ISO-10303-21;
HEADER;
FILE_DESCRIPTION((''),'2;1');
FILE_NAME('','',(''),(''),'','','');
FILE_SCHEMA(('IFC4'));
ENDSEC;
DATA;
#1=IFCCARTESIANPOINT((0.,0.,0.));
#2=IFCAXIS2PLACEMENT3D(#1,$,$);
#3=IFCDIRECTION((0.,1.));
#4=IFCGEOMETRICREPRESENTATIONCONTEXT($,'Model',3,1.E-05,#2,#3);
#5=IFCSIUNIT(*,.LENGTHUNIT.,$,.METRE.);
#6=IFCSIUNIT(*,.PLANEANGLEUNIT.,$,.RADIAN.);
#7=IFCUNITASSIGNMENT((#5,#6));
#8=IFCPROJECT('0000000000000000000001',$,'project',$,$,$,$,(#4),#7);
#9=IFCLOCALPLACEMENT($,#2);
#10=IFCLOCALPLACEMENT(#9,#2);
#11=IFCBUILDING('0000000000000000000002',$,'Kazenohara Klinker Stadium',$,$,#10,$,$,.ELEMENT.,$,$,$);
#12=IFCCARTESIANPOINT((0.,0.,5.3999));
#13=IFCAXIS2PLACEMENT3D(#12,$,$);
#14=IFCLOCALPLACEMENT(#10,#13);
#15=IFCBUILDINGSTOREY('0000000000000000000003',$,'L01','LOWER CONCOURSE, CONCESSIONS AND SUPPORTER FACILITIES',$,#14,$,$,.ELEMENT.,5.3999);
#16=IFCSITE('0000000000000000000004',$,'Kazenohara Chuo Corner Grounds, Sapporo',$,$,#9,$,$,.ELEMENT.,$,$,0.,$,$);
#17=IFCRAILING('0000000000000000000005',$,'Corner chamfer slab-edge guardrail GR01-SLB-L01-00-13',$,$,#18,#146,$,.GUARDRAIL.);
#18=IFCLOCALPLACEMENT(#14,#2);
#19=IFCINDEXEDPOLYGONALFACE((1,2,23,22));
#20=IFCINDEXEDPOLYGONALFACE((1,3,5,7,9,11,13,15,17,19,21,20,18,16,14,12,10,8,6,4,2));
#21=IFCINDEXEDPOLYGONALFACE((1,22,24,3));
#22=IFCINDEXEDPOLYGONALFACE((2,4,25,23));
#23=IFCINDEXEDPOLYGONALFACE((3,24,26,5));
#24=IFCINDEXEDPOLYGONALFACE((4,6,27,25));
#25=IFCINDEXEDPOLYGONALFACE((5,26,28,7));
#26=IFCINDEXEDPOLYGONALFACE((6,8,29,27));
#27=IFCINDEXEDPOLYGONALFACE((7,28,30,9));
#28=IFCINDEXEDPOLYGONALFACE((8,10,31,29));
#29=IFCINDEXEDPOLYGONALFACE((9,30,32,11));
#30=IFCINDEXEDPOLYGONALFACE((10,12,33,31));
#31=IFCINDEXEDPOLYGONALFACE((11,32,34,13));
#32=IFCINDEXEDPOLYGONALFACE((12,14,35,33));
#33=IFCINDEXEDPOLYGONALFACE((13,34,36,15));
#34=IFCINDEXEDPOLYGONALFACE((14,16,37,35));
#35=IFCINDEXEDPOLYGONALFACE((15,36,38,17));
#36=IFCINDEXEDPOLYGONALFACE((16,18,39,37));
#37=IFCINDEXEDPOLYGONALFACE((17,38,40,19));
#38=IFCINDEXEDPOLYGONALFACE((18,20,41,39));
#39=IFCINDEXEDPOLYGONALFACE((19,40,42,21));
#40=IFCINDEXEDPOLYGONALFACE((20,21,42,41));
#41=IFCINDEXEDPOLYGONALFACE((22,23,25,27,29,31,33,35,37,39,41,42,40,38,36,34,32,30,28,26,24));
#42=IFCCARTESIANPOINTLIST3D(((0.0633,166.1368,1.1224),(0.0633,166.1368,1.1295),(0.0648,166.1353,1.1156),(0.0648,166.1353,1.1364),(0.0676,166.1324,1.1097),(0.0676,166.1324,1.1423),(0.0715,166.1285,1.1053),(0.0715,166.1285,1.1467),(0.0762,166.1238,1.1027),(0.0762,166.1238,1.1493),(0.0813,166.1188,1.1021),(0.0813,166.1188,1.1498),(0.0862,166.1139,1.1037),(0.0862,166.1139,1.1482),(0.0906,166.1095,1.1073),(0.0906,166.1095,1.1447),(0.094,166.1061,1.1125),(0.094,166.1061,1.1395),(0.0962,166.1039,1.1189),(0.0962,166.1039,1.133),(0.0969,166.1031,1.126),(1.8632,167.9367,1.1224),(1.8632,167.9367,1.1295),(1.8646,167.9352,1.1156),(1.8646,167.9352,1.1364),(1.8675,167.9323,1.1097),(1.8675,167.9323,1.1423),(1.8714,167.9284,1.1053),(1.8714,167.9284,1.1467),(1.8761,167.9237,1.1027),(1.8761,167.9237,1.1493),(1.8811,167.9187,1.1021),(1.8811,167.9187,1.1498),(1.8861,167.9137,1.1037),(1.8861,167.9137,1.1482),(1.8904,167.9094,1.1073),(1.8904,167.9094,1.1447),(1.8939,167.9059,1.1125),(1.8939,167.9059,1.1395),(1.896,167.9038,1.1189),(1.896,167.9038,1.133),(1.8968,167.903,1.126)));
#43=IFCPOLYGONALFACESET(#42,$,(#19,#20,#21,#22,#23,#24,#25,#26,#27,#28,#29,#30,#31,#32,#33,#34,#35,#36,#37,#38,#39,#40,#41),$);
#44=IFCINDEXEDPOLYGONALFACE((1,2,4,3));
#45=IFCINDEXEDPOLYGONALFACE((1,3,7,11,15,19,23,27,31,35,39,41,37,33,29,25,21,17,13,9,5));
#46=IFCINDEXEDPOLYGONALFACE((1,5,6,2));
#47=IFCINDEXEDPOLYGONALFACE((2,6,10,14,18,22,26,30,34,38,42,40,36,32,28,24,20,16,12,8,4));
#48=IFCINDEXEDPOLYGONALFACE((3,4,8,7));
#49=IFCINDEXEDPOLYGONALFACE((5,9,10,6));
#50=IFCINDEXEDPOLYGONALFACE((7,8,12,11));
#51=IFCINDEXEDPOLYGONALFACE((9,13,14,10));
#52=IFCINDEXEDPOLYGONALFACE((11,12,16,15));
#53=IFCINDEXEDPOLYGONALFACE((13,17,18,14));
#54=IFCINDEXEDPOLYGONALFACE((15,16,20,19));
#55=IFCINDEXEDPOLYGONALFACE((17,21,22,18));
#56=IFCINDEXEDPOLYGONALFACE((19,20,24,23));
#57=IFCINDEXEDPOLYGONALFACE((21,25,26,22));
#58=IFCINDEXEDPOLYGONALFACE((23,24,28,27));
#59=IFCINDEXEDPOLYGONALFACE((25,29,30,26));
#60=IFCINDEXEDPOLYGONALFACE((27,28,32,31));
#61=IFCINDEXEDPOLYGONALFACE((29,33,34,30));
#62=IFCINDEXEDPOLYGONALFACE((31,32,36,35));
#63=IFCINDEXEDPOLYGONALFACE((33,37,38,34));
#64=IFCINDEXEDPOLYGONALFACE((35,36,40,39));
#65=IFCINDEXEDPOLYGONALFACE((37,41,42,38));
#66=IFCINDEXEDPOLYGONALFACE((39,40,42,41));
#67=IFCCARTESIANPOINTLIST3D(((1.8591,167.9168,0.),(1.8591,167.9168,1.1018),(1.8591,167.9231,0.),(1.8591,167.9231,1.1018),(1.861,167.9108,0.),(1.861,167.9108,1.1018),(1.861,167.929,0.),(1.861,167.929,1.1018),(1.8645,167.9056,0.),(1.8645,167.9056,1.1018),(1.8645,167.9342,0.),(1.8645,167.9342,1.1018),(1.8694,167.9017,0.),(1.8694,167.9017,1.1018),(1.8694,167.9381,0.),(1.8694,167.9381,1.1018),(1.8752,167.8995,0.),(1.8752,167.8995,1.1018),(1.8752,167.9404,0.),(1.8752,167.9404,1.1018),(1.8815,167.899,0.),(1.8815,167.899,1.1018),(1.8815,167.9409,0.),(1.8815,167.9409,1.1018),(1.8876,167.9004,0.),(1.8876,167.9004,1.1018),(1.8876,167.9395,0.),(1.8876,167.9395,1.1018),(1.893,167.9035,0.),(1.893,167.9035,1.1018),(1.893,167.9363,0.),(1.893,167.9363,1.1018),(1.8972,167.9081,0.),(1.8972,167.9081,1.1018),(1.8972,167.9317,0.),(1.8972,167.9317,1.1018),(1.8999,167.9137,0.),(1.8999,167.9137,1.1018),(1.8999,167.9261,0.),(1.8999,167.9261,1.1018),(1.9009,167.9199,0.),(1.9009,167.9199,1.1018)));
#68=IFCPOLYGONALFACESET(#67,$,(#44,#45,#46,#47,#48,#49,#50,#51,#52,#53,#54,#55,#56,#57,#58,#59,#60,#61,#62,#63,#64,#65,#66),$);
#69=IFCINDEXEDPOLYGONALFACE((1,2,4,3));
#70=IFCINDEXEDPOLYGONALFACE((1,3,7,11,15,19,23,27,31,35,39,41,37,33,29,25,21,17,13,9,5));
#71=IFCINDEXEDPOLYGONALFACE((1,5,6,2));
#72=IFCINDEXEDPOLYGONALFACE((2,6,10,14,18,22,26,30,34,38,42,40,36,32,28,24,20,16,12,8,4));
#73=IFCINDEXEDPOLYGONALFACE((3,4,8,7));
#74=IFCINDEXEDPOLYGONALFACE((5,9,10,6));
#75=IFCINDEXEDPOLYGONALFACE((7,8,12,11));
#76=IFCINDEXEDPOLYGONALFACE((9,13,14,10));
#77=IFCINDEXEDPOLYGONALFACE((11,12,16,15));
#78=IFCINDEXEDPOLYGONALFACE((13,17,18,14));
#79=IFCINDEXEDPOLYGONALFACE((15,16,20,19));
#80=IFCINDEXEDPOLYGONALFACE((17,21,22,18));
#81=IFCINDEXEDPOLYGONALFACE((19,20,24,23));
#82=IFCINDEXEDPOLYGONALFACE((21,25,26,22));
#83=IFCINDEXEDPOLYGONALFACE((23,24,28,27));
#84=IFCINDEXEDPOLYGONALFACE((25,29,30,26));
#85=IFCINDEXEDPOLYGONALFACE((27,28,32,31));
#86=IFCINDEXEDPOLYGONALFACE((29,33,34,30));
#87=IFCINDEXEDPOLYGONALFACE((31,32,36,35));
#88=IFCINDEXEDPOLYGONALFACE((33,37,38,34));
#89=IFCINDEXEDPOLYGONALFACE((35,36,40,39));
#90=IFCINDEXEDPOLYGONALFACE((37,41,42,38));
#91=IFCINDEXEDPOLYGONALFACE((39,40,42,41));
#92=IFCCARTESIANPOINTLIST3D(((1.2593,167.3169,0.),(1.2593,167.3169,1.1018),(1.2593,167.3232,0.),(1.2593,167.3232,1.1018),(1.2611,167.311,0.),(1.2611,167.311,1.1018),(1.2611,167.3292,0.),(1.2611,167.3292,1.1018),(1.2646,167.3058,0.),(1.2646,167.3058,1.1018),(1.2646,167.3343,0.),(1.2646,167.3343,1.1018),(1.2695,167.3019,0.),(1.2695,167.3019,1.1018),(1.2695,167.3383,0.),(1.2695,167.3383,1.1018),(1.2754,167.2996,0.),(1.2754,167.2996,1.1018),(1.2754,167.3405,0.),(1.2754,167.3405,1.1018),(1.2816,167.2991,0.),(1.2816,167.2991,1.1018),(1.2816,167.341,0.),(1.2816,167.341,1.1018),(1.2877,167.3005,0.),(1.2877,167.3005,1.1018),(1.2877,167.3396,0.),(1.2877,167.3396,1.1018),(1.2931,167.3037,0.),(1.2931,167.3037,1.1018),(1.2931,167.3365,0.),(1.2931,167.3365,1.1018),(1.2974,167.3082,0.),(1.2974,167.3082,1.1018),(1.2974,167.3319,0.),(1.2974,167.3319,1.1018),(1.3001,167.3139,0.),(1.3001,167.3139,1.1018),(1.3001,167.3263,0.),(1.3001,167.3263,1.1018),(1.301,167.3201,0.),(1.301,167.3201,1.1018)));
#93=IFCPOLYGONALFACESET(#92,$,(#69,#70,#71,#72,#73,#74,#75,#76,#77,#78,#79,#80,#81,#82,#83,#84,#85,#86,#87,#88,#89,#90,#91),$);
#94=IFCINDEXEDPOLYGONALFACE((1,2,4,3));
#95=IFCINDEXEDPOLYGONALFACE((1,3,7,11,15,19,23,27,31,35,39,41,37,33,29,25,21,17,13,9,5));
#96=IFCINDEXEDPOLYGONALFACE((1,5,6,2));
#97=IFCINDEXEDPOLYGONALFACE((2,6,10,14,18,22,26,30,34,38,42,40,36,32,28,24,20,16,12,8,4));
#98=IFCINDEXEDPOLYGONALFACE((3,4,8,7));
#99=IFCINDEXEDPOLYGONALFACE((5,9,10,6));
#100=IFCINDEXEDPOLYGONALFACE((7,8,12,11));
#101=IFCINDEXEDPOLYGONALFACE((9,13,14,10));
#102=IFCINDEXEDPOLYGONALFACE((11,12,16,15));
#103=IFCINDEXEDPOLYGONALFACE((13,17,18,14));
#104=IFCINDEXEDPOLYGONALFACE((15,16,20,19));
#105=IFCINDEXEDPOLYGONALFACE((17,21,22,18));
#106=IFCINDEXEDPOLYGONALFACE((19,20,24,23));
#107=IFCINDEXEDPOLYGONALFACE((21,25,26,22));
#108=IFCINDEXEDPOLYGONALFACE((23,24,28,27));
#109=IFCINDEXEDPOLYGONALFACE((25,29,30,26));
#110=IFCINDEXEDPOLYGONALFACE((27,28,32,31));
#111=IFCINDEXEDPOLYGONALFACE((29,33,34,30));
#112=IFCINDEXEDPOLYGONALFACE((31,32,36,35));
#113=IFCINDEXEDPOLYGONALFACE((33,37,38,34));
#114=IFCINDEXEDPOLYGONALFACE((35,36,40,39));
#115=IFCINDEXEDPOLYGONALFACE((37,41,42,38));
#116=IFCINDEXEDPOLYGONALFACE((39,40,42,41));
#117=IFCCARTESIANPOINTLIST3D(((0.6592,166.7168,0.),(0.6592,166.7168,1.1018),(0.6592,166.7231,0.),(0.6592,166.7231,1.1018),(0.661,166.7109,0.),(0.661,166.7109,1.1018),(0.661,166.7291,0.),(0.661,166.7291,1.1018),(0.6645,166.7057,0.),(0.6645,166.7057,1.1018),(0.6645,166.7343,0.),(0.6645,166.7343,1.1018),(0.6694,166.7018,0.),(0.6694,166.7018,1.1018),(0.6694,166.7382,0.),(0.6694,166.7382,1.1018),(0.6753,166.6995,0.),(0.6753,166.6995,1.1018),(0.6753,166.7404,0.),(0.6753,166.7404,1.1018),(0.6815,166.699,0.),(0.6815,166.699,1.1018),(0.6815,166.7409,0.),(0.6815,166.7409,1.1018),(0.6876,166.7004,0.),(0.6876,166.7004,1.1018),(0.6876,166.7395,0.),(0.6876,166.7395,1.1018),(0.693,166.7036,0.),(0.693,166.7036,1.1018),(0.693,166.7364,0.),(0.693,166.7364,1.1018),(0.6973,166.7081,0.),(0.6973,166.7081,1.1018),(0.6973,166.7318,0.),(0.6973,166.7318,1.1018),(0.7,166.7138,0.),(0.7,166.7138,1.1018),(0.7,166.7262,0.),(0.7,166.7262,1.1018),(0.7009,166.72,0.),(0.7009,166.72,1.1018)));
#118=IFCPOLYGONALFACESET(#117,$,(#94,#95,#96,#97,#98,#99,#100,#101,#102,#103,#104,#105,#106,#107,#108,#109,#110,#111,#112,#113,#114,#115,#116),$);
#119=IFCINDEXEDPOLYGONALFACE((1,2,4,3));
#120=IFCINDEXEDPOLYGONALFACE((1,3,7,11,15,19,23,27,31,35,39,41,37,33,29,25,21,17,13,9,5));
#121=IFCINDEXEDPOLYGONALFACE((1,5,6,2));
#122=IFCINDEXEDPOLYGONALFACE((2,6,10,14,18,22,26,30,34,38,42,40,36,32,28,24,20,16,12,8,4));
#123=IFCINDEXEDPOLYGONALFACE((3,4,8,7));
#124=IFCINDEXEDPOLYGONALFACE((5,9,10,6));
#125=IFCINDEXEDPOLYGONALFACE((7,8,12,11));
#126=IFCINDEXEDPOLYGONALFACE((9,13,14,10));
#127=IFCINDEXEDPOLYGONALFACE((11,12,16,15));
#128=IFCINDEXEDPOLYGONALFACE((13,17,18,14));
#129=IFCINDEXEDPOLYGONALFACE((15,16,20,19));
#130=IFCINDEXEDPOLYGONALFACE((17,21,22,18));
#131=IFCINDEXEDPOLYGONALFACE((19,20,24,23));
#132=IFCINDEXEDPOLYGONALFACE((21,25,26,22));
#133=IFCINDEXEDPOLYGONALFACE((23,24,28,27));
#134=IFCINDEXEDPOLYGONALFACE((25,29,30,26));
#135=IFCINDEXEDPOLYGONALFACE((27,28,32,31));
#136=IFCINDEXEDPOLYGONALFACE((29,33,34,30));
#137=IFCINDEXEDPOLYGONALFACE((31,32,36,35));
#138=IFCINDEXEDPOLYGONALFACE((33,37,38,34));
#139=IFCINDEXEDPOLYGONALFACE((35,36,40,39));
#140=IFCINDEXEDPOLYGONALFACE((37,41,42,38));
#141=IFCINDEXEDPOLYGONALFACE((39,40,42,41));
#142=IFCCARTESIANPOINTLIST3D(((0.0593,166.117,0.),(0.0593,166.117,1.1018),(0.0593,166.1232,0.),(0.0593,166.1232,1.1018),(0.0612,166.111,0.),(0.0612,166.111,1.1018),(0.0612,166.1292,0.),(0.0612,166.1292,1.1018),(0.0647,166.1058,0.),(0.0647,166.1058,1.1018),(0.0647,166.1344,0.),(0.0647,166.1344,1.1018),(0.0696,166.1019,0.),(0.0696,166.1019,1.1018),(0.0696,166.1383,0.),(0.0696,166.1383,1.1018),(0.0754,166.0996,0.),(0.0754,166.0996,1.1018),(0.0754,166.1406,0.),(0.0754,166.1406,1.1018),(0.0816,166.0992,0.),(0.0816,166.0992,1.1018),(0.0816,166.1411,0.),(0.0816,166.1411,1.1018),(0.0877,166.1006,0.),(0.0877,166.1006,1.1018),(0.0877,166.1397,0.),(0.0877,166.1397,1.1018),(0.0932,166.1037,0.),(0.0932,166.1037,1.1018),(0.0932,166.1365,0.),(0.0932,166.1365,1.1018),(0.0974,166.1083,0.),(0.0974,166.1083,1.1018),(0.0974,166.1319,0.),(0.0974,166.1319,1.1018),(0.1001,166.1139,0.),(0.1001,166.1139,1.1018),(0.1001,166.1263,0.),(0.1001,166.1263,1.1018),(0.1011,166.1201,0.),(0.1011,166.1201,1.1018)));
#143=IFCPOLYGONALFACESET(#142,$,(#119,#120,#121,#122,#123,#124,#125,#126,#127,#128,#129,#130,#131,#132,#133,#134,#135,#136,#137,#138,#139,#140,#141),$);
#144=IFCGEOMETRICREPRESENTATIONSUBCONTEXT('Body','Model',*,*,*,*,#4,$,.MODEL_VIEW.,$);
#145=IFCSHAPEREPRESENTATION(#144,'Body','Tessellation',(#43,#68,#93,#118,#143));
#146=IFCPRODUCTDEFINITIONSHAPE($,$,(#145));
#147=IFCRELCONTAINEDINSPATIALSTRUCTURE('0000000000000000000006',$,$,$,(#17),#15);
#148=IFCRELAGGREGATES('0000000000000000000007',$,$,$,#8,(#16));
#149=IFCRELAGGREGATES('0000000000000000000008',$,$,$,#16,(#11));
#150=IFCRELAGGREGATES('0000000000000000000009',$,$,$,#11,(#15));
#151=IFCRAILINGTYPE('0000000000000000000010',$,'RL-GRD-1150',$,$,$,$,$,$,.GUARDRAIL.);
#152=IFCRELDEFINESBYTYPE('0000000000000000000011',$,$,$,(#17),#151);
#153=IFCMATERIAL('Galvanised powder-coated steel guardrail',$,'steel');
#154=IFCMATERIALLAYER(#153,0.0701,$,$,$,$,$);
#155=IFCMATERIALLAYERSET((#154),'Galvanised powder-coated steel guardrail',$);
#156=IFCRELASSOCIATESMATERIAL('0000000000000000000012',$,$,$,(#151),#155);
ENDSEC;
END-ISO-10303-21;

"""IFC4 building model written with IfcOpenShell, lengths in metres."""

from ifc_helpers import new_model, si_unit, direction, frame, origin, origin_2d, place, context, subcontext, project, spatial, circle, extrude, material, layer, layer_set, type_object, element, save


model = new_model("IFC4")

# Units and contexts
model_context = context("Model", 3, precision=1e-05, world=origin(), true_north=direction((0.0, 1.0)))
body_context = subcontext(model_context, "Body", "Model", "MODEL_VIEW")
ifc_project = project(units=[si_unit("LENGTHUNIT", "METRE"), si_unit("PLANEANGLEUNIT", "RADIAN")], contexts=[model_context])

# Site, building, storey
site_placement = place(None, origin())
site = spatial("IfcSite", under=ifc_project, at=site_placement, Name="Kazenohara Chuo Corner Grounds, Sapporo", CompositionType="ELEMENT", RefElevation=0.0)
building_placement = place(site_placement, origin())
building = spatial("IfcBuilding", under=site, at=building_placement, Name="Kazenohara Klinker Stadium", CompositionType="ELEMENT")
storey_placement = place(building_placement, frame((0.0, 0.0, 5.3999)))
storey = spatial("IfcBuildingStorey", under=building, at=storey_placement, Name="L01", Description="LOWER CONCOURSE, CONCESSIONS AND SUPPORTER FACILITIES", CompositionType="ELEMENT", Elevation=5.3999)

# Railing
ifc_material_1 = material(Name="Galvanised powder-coated steel guardrail", Category="steel")
ifc_layer_1 = layer(ifc_material_1, 0.0701)
ifc_layer_set_1 = layer_set([ifc_layer_1], Name="Galvanised powder-coated steel guardrail")
railing_type_1 = type_object("IfcRailingType", Name="RL-GRD-1150", PredefinedType="GUARDRAIL", material=ifc_layer_set_1)
railing_1_placement = place(storey_placement, frame((1.8799, 167.9199, 0.0)))
element("IfcRailing", 1, at=railing_1_placement, inside=storey, type_object=railing_type_1, Name="Corner chamfer slab-edge guardrail GR01-SLB-L01-00-13", PredefinedType="GUARDRAIL", context=body_context, shape_type="SweptSolid", body=[
    extrude(circle(Radius=0.0239, at=origin_2d()), frame((0.0, 0.0, 1.126), z_axis=(-0.707107, -0.707107, 0.0), x_axis=(0.707107, -0.707107, 0.0)), (0.0, 0.0, 1.0), 2.5454),
    extrude(circle(Radius=0.021, at=origin_2d()), origin(), (0.0, 0.0, 1.0), 1.1018),
    extrude(circle(Radius=0.021, at=origin_2d()), frame((-0.5999, -0.5999, 0.0)), (0.0, 0.0, 1.0), 1.1018),
    extrude(circle(Radius=0.021, at=origin_2d()), frame((-1.2, -1.2, 0.0)), (0.0, 0.0, 1.0), 1.1018),
    extrude(circle(Radius=0.021, at=origin_2d()), frame((-1.7998, -1.7998, 0.0)), (0.0, 0.0, 1.0), 1.1018),
])

save(model, "model.ifc")
